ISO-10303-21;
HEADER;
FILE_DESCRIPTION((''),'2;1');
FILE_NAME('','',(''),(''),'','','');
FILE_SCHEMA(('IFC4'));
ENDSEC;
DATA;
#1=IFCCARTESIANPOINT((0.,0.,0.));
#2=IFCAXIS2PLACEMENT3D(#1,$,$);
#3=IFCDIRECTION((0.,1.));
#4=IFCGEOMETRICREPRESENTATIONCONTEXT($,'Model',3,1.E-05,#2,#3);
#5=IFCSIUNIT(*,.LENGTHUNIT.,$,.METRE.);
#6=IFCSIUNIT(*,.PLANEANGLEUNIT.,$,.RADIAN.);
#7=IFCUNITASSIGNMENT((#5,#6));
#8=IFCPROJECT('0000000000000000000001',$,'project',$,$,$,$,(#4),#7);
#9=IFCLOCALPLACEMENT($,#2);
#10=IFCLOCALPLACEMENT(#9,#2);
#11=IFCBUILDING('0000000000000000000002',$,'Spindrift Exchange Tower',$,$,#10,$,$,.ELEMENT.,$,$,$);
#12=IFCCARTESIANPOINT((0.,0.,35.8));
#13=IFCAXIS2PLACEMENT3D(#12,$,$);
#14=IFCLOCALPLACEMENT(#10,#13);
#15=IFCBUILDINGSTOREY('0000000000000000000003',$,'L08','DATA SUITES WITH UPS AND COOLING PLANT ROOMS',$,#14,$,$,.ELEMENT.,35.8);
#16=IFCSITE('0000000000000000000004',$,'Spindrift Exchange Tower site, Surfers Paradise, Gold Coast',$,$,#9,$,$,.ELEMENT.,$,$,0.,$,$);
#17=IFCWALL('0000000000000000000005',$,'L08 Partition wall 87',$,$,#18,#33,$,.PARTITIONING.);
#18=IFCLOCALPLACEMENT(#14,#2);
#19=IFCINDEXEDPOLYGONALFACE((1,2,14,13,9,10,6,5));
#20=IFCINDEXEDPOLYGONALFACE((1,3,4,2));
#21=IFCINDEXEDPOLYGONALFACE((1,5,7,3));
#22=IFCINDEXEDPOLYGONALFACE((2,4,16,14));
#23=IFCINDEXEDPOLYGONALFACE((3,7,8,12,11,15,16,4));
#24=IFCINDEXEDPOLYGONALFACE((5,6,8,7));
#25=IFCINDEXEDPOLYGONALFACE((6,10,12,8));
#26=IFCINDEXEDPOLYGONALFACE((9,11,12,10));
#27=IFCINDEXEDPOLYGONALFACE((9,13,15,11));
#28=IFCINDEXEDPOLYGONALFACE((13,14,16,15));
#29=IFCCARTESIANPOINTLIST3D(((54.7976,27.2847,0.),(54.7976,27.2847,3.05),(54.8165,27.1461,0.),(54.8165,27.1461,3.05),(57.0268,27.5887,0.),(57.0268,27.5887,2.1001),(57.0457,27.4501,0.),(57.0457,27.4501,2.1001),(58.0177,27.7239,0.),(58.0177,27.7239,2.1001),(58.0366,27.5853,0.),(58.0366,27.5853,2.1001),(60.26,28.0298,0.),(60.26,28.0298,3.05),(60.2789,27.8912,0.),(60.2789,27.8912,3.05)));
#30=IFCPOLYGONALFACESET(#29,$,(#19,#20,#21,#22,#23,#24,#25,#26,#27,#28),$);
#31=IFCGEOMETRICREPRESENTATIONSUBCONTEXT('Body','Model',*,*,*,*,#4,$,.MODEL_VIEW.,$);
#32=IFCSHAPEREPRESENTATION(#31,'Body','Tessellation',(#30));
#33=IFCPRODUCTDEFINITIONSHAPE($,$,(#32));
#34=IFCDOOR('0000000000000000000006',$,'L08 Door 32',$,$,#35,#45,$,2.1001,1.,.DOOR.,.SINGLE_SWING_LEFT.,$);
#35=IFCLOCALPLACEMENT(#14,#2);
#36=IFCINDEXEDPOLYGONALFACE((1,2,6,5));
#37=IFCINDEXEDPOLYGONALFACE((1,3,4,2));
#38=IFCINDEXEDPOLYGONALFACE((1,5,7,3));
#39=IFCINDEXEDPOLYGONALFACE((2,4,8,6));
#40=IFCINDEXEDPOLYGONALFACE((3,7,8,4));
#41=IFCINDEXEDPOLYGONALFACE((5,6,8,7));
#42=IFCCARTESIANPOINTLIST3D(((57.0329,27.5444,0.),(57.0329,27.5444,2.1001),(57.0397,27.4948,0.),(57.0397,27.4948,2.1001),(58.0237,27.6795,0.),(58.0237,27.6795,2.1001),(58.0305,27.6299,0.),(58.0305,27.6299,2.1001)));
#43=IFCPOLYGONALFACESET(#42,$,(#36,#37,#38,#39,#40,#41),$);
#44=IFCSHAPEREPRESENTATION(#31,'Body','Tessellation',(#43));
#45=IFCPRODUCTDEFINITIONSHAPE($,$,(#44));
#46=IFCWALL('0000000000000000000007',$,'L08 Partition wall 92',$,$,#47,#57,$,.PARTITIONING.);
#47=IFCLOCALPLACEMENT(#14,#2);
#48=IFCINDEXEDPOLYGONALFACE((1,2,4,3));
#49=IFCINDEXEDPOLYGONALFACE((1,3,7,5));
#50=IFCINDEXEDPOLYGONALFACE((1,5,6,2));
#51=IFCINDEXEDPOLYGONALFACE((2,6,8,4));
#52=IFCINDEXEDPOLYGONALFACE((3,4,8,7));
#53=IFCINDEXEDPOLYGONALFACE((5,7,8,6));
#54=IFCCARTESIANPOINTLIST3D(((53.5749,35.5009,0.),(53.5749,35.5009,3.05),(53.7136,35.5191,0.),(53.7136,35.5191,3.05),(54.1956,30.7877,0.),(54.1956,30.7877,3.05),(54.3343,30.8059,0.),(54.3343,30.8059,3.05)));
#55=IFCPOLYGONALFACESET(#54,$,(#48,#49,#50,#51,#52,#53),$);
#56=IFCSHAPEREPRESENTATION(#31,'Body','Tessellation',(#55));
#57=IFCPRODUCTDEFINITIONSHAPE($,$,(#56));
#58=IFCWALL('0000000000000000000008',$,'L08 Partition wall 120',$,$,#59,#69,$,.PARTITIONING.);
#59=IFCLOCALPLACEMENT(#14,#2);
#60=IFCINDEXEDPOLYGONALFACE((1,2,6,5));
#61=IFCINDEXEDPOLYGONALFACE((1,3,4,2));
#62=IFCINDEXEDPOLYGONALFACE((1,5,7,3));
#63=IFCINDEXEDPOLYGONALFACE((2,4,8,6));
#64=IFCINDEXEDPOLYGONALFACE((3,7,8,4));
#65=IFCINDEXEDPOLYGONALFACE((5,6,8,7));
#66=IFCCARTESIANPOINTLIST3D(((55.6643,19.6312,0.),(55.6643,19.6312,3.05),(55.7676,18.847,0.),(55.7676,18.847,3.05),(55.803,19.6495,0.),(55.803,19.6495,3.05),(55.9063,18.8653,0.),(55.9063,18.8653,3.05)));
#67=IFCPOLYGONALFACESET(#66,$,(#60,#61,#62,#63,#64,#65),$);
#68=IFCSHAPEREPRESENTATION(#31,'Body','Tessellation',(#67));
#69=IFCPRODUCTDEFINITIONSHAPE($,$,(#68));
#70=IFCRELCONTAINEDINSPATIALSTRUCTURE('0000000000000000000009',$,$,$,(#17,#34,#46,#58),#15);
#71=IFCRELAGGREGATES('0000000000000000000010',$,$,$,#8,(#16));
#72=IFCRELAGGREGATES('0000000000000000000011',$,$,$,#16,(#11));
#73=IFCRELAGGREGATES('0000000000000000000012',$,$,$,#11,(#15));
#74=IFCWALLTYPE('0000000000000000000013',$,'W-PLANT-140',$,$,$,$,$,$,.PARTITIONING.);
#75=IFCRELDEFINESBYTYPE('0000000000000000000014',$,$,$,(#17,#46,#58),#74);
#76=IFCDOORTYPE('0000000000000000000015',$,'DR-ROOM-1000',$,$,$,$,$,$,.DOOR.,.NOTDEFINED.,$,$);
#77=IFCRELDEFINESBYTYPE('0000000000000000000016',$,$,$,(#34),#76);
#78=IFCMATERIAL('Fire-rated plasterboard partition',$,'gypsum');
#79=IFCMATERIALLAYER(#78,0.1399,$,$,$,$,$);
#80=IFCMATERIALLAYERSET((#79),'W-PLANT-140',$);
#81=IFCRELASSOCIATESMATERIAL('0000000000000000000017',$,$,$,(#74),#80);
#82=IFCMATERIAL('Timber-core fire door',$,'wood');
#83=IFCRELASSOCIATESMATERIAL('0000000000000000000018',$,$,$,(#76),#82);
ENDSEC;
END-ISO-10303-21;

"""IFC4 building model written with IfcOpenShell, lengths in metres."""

from ifc_helpers import new_model, si_unit, direction, frame, frame_2d, origin, place, context, subcontext, project, spatial, rectangle, extrude, source, transform, mapped, material, layer, layer_set, type_object, element, fill, save


model = new_model("IFC4")

# Units and contexts
model_context = context("Model", 3, precision=1e-05, world=origin(), true_north=direction((0.0, 1.0)))
body_context = subcontext(model_context, "Body", "Model", "MODEL_VIEW")
ifc_project = project(units=[si_unit("LENGTHUNIT", "METRE"), si_unit("PLANEANGLEUNIT", "RADIAN")], contexts=[model_context])

# Site, building, storey
site_placement = place(None, origin())
site = spatial("IfcSite", under=ifc_project, at=site_placement, Name="Spindrift Exchange Tower site, Surfers Paradise, Gold Coast", CompositionType="ELEMENT", RefElevation=0.0)
building_placement = place(site_placement, origin())
building = spatial("IfcBuilding", under=site, at=building_placement, Name="Spindrift Exchange Tower", CompositionType="ELEMENT")
storey_placement = place(building_placement, frame((0.0, 0.0, 35.8)))
storey = spatial("IfcBuildingStorey", under=building, at=storey_placement, Name="L08", Description="DATA SUITES WITH UPS AND COOLING PLANT ROOMS", CompositionType="ELEMENT", Elevation=35.8)

# Shared definitions
ifc_material_1 = material(Name="Fire-rated plasterboard partition", Category="gypsum")
ifc_layer_1 = layer(ifc_material_1, 0.1399)
ifc_layer_set_1 = layer_set([ifc_layer_1], Name="W-PLANT-140")
wall_type = type_object("IfcWallType", Name="W-PLANT-140", PredefinedType="PARTITIONING", material=ifc_layer_set_1)

# Wall, opening, door
wall_1_placement = place(storey_placement, frame((60.2693, 27.9604, 0.0), z_axis=(0.0, 0.0, 1.0), x_axis=(-0.990824, -0.135157, 0.0)))
wall_1 = element("IfcWall", 1, at=wall_1_placement, inside=storey, type_object=wall_type, Name="L08 Partition wall 87", PredefinedType="PARTITIONING", context=body_context, shape_type="SweptSolid", body=[
    extrude(rectangle(XDim=5.5129, YDim=0.1399, at=frame_2d((2.7563, 0.0))), origin(), (0.0, 0.0, 1.0), 3.05),
])
opening_placement = place(wall_1_placement, frame((2.2629, 0.0, 0.0)))
opening = element("IfcOpeningElement", 2, at=opening_placement, cuts=wall_1, PredefinedType="OPENING", context=body_context, shape_type="SweptSolid", body=[
    extrude(rectangle(XDim=1.0, YDim=2.1001, at=frame_2d((0.5, 1.05))), frame((0.0, 0.0798, 0.0), z_axis=(0.0, -1.0, 0.0), x_axis=(1.0, 0.0, 0.0)), (0.0, 0.0, 1.0), 0.1599),
])
ifc_material_2 = material(Name="Timber-core fire door", Category="wood")
door_type = type_object("IfcDoorType", Name="DR-ROOM-1000", OperationType="NOTDEFINED", PredefinedType="DOOR", material=ifc_material_2)
shared_shape_1 = source(origin(), body_context, "Body", "SweptSolid", [
    extrude(rectangle(XDim=1.0, YDim=2.1001, at=frame_2d((0.5, 1.05))), frame((0.0, 0.0249, 0.0), z_axis=(0.0, -1.0, 0.0), x_axis=(1.0, 0.0, 0.0)), (0.0, 0.0, 1.0), 0.05),
])
door_placement = place(opening_placement, origin())
door = element("IfcDoor", 3, at=door_placement, inside=storey, type_object=door_type, Name="L08 Door 32", OperationType="SINGLE_SWING_LEFT", OverallHeight=2.1001, OverallWidth=1.0, PredefinedType="DOOR", context=body_context, shape_type="MappedRepresentation", body=[
    mapped(shared_shape_1, transform((0.0, 0.0, 0.0), scale=1.0)),
])
fill(opening, door)

# Walls
wall_2_placement = place(storey_placement, frame((53.6443, 35.51, 0.0), z_axis=(0.0, 0.0, 1.0), x_axis=(0.130549, -0.991442, 0.0)))
element("IfcWall", 4, at=wall_2_placement, inside=storey, type_object=wall_type, Name="L08 Partition wall 92", PredefinedType="PARTITIONING", context=body_context, shape_type="SweptSolid", body=[
    extrude(rectangle(XDim=4.7539, YDim=0.1399, at=frame_2d((2.377, 0.0))), origin(), (0.0, 0.0, 1.0), 3.05),
])
wall_3_placement = place(storey_placement, frame((55.7336, 19.6404, 0.0), z_axis=(0.0, 0.0, 1.0), x_axis=(0.130566, -0.99144, 0.0)))
element("IfcWall", 5, at=wall_3_placement, inside=storey, type_object=wall_type, Name="L08 Partition wall 120", PredefinedType="PARTITIONING", context=body_context, shape_type="SweptSolid", body=[
    extrude(rectangle(XDim=0.791, YDim=0.1399, at=frame_2d((0.3955, 0.0))), origin(), (0.0, 0.0, 1.0), 3.05),
])

save(model, "model.ifc")
